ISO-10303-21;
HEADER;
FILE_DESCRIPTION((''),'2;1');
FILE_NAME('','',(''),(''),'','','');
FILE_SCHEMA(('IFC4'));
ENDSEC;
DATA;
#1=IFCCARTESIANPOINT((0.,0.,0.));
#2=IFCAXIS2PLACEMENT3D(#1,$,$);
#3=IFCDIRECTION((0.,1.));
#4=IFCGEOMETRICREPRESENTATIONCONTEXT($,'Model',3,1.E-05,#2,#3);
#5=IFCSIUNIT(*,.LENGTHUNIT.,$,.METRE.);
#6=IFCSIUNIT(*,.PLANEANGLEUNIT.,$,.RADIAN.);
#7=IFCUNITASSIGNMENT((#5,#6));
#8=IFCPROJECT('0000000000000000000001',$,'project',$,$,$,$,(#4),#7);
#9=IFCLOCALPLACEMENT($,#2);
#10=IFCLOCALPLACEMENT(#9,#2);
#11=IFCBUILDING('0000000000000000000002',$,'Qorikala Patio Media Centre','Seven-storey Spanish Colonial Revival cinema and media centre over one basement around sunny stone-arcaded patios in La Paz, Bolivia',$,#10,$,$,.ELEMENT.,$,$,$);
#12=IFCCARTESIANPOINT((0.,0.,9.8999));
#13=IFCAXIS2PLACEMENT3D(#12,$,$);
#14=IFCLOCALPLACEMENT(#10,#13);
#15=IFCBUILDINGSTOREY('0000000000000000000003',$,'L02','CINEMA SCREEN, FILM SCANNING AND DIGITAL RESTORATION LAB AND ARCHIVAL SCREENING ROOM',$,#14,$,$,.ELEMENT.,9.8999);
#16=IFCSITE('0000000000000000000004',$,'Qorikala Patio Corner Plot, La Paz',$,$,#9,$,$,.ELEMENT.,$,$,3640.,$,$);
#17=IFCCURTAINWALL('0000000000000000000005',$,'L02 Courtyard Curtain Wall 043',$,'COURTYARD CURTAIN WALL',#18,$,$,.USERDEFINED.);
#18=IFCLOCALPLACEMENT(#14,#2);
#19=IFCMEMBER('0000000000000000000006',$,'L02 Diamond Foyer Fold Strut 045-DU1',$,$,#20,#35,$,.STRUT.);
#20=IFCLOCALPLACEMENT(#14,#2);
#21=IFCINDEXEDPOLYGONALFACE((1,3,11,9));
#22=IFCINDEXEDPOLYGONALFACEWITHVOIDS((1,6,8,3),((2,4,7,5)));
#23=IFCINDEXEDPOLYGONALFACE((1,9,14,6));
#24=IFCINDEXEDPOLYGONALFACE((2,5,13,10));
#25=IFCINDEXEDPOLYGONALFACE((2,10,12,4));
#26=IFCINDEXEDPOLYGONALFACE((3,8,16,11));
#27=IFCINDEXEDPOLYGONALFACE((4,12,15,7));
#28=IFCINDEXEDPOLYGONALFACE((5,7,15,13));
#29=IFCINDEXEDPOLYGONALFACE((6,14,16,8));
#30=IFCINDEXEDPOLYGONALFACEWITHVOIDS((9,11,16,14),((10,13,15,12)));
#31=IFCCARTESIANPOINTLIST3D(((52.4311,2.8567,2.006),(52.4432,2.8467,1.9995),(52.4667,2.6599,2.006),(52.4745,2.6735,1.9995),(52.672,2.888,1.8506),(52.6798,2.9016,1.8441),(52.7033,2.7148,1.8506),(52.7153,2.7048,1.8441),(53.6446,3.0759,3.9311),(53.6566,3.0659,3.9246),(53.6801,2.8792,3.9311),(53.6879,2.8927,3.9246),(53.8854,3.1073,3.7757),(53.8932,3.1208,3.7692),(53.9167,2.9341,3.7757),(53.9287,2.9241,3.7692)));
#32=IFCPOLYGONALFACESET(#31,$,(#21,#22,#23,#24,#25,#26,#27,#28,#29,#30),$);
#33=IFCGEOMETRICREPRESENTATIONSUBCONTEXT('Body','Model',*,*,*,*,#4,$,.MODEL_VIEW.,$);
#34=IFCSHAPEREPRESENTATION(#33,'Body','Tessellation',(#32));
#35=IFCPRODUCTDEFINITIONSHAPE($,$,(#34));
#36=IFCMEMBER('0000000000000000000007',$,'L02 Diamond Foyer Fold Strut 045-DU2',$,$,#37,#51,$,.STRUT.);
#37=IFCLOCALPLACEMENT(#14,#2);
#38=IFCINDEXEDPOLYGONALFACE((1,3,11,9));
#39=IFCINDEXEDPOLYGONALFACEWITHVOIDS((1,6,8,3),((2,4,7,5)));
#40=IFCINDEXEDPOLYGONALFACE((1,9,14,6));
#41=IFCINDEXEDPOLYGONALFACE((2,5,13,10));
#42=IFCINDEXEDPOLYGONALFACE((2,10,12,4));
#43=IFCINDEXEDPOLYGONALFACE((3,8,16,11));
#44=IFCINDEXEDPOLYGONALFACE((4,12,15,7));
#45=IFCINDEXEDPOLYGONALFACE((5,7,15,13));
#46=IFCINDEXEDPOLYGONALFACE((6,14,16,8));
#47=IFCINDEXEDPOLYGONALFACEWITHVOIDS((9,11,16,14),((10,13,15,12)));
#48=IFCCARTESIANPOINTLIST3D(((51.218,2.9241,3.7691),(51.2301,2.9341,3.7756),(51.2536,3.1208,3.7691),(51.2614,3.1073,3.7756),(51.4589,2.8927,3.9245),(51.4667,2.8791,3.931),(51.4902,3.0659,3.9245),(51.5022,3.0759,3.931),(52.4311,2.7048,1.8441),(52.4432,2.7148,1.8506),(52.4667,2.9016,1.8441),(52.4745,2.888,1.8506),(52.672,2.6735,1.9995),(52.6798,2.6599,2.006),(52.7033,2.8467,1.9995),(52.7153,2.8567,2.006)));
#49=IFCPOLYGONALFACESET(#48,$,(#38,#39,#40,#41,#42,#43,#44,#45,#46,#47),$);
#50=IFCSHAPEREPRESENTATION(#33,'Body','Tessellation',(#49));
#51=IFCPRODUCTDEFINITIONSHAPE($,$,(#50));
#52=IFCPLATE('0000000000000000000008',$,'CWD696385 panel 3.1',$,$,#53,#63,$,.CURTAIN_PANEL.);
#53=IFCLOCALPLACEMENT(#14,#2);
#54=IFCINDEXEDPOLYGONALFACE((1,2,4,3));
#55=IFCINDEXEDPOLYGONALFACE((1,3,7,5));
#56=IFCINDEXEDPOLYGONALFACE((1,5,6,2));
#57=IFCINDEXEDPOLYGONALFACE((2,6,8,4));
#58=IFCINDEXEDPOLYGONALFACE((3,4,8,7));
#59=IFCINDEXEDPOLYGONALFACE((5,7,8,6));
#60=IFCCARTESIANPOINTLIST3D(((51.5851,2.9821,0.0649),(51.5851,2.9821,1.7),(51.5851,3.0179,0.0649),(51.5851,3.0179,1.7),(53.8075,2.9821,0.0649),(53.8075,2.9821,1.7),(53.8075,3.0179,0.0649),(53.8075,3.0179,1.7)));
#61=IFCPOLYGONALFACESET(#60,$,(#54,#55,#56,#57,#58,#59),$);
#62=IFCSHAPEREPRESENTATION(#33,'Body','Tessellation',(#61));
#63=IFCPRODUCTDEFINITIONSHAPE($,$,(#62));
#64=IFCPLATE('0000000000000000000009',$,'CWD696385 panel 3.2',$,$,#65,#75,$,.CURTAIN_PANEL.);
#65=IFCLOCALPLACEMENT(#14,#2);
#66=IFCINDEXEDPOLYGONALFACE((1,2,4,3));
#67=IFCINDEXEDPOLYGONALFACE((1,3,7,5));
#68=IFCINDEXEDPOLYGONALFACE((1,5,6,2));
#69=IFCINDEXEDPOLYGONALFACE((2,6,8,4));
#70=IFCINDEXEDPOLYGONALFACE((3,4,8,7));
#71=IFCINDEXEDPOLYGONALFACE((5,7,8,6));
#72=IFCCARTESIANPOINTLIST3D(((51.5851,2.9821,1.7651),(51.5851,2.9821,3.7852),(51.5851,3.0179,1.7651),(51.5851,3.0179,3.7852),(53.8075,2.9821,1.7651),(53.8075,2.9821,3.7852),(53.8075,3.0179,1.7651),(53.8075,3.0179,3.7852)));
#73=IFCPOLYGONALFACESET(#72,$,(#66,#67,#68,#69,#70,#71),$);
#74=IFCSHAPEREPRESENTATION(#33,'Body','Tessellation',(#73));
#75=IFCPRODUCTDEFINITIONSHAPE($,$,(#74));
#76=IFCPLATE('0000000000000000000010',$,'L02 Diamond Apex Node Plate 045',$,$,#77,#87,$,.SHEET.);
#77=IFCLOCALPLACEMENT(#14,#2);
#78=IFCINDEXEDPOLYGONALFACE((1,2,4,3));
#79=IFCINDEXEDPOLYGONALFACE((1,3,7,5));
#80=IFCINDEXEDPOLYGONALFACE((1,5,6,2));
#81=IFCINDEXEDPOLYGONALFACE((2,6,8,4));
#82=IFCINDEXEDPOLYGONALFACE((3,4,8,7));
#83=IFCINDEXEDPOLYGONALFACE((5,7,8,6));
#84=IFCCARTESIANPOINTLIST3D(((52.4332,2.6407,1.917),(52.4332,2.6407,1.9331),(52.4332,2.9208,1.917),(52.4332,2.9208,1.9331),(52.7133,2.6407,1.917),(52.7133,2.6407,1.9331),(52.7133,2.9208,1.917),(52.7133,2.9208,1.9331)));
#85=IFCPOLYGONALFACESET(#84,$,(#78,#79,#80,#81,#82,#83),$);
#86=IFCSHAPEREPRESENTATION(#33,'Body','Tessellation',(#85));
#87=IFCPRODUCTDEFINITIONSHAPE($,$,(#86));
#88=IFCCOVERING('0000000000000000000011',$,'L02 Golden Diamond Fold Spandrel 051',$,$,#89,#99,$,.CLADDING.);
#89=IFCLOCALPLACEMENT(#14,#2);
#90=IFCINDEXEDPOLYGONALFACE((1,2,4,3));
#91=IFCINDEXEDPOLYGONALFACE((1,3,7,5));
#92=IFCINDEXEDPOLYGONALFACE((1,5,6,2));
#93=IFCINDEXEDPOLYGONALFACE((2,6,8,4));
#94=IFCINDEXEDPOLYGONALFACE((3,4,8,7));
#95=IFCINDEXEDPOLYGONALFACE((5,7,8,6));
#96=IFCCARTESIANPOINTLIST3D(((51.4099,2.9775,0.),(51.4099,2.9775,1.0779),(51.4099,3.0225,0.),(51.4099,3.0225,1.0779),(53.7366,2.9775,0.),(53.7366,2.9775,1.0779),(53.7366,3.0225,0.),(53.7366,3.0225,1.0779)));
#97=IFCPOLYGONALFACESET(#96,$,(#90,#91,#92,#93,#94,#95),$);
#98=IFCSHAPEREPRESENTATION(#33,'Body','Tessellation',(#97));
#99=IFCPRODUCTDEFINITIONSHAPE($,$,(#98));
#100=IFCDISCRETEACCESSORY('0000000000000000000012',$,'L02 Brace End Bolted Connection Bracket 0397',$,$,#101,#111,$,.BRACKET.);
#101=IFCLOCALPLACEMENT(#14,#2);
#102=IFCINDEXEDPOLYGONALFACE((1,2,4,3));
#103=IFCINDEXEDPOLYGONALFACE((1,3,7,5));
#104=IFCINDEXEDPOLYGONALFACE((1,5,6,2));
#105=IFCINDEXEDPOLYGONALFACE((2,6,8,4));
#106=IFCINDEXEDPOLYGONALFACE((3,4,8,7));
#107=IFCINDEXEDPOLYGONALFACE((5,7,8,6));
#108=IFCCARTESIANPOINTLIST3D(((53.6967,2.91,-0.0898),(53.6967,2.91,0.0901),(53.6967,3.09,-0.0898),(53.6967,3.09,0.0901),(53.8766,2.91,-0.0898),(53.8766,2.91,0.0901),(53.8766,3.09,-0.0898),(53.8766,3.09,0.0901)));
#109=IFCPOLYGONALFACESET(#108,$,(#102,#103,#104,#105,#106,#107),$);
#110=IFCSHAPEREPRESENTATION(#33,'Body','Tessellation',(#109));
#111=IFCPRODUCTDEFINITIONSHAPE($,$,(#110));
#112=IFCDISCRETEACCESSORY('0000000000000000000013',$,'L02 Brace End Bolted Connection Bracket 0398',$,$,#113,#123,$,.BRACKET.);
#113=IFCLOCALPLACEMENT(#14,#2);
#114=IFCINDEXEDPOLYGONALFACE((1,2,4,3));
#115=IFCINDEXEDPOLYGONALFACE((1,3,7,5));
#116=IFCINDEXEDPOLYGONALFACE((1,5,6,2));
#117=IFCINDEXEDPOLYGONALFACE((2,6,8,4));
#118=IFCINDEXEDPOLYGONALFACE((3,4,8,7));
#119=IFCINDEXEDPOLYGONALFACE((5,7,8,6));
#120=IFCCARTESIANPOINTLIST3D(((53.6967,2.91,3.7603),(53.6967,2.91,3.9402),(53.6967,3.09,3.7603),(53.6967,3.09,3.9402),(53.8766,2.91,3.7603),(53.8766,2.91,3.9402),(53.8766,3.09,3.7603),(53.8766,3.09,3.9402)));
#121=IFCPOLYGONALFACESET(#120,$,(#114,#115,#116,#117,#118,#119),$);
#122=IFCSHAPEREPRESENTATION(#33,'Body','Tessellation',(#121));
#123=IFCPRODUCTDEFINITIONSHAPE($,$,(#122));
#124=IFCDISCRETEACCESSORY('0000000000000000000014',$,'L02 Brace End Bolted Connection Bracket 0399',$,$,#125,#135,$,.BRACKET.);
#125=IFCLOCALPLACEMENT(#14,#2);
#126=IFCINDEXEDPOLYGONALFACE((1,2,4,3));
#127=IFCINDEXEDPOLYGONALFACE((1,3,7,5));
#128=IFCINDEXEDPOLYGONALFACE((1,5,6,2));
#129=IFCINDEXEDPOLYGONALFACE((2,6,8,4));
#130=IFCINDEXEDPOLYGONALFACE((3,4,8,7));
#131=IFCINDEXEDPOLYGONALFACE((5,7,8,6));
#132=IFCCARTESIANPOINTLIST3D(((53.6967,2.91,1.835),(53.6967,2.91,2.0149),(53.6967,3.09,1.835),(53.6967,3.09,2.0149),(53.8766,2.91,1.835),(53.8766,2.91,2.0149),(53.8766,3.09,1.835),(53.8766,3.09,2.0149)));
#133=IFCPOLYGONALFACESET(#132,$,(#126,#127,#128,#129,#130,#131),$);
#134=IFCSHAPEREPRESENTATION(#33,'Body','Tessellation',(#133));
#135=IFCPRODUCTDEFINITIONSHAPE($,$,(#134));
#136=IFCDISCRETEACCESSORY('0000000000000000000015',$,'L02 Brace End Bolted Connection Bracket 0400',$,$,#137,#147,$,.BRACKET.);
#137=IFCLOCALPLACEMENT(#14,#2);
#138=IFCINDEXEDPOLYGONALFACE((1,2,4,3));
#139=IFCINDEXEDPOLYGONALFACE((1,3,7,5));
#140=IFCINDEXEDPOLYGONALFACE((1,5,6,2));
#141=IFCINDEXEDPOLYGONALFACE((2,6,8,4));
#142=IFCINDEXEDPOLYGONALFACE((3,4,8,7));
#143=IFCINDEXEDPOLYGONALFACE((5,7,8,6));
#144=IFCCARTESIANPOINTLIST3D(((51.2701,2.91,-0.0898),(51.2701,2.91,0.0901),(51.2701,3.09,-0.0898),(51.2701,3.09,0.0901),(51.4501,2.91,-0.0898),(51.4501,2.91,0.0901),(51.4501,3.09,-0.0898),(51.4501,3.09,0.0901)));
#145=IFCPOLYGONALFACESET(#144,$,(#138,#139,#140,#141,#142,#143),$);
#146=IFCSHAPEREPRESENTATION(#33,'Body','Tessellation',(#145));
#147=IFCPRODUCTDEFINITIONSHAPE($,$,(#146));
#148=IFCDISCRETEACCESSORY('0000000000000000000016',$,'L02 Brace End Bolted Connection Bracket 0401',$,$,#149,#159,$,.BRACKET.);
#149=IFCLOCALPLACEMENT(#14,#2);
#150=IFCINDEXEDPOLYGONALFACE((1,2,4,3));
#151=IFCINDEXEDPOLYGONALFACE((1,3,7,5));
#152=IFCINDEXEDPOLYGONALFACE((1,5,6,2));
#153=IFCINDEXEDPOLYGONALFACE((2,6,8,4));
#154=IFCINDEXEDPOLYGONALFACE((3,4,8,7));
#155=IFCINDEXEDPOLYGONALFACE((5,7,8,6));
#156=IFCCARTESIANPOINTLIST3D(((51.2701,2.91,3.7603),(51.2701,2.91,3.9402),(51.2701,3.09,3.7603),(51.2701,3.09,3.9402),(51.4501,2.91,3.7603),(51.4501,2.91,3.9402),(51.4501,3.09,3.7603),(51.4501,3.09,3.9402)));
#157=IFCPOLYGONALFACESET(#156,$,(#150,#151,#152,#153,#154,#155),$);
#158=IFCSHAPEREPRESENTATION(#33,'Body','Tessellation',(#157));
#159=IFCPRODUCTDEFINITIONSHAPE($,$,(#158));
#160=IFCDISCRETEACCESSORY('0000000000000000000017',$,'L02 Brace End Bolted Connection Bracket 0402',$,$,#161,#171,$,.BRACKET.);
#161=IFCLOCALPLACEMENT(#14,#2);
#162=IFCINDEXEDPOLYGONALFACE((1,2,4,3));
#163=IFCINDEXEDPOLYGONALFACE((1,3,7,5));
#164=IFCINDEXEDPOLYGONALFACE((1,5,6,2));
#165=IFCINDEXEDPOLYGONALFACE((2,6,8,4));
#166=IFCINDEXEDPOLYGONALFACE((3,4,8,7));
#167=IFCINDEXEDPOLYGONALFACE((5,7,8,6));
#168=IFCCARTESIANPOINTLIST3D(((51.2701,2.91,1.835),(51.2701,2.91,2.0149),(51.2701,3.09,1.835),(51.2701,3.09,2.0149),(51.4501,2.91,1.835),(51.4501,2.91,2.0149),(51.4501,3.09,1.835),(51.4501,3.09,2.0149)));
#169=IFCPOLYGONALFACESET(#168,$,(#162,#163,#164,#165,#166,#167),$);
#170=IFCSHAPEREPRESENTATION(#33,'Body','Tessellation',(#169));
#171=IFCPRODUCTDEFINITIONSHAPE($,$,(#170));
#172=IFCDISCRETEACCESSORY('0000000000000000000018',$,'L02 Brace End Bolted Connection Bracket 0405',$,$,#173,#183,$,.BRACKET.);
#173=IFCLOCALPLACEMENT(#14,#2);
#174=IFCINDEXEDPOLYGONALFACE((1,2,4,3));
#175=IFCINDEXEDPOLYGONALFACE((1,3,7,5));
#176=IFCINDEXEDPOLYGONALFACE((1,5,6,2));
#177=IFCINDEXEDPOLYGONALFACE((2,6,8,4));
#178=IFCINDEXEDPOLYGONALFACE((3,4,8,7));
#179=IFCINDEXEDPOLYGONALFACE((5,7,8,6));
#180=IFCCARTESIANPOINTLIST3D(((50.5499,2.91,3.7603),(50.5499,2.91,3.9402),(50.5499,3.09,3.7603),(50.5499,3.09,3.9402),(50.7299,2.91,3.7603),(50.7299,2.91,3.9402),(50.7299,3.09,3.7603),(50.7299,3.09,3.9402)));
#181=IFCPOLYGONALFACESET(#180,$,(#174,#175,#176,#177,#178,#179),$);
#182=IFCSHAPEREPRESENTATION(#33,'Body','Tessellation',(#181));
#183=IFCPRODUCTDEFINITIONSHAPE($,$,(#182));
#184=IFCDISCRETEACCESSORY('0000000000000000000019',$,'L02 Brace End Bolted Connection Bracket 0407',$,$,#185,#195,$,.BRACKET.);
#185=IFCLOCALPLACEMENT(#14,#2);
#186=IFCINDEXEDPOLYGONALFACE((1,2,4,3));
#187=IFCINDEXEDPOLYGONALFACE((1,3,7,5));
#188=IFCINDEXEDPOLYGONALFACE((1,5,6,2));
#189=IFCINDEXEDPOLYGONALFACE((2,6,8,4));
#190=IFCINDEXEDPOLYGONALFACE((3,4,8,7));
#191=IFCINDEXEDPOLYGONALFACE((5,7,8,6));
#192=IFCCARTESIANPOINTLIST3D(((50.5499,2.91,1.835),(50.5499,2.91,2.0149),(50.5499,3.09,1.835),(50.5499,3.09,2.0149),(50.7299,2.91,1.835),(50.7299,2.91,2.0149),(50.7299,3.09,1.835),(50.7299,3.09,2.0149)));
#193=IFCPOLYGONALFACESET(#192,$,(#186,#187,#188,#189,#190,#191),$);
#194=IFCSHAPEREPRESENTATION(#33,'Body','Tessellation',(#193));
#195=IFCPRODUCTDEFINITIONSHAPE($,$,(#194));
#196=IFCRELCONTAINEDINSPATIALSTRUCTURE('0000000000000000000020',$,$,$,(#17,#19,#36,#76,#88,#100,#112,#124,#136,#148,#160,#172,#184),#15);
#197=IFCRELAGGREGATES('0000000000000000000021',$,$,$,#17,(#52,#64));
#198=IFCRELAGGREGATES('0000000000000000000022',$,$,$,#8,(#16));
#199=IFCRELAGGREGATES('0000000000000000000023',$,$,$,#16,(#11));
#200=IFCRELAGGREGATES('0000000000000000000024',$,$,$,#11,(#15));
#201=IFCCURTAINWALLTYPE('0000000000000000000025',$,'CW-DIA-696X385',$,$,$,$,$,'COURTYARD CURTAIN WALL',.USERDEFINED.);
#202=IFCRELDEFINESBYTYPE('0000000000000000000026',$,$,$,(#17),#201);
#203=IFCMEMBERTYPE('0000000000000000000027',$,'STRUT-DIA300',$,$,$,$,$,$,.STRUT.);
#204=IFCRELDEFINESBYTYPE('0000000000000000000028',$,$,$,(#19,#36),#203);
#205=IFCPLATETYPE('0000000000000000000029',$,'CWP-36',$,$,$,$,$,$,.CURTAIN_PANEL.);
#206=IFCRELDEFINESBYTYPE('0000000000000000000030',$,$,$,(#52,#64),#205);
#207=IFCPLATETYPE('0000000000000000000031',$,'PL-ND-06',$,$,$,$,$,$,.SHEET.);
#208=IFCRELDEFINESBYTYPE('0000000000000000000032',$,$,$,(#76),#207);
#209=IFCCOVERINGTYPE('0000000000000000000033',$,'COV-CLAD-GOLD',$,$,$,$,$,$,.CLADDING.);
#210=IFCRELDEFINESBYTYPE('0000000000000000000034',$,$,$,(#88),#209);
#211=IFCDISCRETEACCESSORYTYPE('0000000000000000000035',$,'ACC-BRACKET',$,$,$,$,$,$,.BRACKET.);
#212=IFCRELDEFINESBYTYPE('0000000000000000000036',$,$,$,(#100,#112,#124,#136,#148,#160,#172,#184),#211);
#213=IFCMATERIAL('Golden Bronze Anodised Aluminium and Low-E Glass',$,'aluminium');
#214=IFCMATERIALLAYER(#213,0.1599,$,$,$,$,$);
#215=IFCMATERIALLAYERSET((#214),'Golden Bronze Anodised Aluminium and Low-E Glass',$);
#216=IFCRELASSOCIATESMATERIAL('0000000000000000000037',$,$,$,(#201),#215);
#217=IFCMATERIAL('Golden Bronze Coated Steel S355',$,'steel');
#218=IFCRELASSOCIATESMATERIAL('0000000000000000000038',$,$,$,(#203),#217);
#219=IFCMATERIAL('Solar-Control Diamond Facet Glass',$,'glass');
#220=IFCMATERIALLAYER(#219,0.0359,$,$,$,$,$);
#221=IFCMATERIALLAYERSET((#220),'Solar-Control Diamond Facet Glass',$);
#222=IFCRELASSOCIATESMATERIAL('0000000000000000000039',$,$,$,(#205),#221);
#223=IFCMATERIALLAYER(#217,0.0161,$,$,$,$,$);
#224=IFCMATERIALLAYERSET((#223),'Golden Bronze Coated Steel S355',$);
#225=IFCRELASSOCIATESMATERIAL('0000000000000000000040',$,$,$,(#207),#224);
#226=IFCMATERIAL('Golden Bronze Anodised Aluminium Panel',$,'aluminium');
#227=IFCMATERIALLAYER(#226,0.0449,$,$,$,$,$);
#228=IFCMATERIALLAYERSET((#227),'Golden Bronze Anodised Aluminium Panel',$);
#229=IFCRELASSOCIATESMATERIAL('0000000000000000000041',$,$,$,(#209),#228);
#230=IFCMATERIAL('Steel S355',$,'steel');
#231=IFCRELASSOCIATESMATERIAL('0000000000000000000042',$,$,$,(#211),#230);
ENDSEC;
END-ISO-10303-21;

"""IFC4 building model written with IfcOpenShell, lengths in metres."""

from ifc_helpers import new_model, si_unit, direction, frame, origin, origin_2d, place, context, subcontext, project, spatial, rectangle, hollow_rectangle, extrude, material, layer, layer_set, material_profile, profile_set, type_object, element, aggregate, save


model = new_model("IFC4")

# Units and contexts
model_context = context("Model", 3, precision=1e-05, world=origin(), true_north=direction((0.0, 1.0)))
body_context = subcontext(model_context, "Body", "Model", "MODEL_VIEW")
ifc_project = project(units=[si_unit("LENGTHUNIT", "METRE"), si_unit("PLANEANGLEUNIT", "RADIAN")], contexts=[model_context])

# Site, building, storey
site_placement = place(None, origin())
site = spatial("IfcSite", under=ifc_project, at=site_placement, Name="Qorikala Patio Corner Plot, La Paz", CompositionType="ELEMENT", RefElevation=3640.0)
building_placement = place(site_placement, origin())
building = spatial("IfcBuilding", under=site, at=building_placement, Name="Qorikala Patio Media Centre", Description="Seven-storey Spanish Colonial Revival cinema and media centre over one basement around sunny stone-arcaded patios in La Paz, Bolivia", CompositionType="ELEMENT")
storey_placement = place(building_placement, frame((0.0, 0.0, 9.8999)))
storey = spatial("IfcBuildingStorey", under=building, at=storey_placement, Name="L02", Description="CINEMA SCREEN, FILM SCANNING AND DIGITAL RESTORATION LAB AND ARCHIVAL SCREENING ROOM", CompositionType="ELEMENT", Elevation=9.8999)

# Shared definitions
ifc_material_1 = material(Name="Golden Bronze Coated Steel S355", Category="steel")

# Curtain wall
ifc_material_2 = material(Name="Golden Bronze Anodised Aluminium and Low-E Glass", Category="aluminium")
ifc_layer_1 = layer(ifc_material_2, 0.1599)
ifc_layer_set_1 = layer_set([ifc_layer_1], Name="Golden Bronze Anodised Aluminium and Low-E Glass")
curtain_wall_type = type_object("IfcCurtainWallType", Name="CW-DIA-696X385", ElementType="COURTYARD CURTAIN WALL", PredefinedType="USERDEFINED", material=ifc_layer_set_1)
curtain_wall_placement = place(storey_placement, origin())
curtain_wall = element("IfcCurtainWall", 1, at=curtain_wall_placement, inside=storey, type_object=curtain_wall_type, Name="L02 Courtyard Curtain Wall 043", ObjectType="COURTYARD CURTAIN WALL", PredefinedType="USERDEFINED")

# Members
ifc_material_profile_1 = material_profile(ifc_material_1, hollow_rectangle(XDim=0.2, YDim=0.3, WallThickness=0.012, at=origin_2d()), Name="HSS300X200X12")
ifc_profile_set_1 = profile_set([ifc_material_profile_1], Name="Golden Bronze Coated Steel S355")
member_type_1 = type_object("IfcMemberType", Name="STRUT-DIA300", PredefinedType="STRUT", material=ifc_profile_set_1)
member_1_placement = place(storey_placement, frame((52.5732, 2.7808, 1.925), z_axis=(0.530768, 0.095901, 0.842074), x_axis=(-0.177805, 0.984066, 0.0)))
element("IfcMember", 2, at=member_1_placement, inside=storey, type_object=member_type_1, Name="L02 Diamond Foyer Fold Strut 045-DU1", PredefinedType="STRUT", context=body_context, shape_type="SweptSolid", body=[
    extrude(hollow_rectangle(XDim=0.2, YDim=0.3, WallThickness=0.012, at=origin_2d()), origin(), (0.0, 0.0, 1.0), 2.2861),
])
member_2_placement = place(storey_placement, frame((52.5732, 2.7808, 1.925), z_axis=(-0.530691, 0.095907, 0.842121), x_axis=(-0.17784, -0.984059, 0.0)))
element("IfcMember", 3, at=member_2_placement, inside=storey, type_object=member_type_1, Name="L02 Diamond Foyer Fold Strut 045-DU2", PredefinedType="STRUT", context=body_context, shape_type="SweptSolid", body=[
    extrude(hollow_rectangle(XDim=0.2, YDim=0.3, WallThickness=0.012, at=origin_2d()), origin(), (0.0, 0.0, 1.0), 2.2859),
])

# Plates
ifc_material_3 = material(Name="Solar-Control Diamond Facet Glass", Category="glass")
ifc_layer_2 = layer(ifc_material_3, 0.0359)
ifc_layer_set_2 = layer_set([ifc_layer_2], Name="Solar-Control Diamond Facet Glass")
plate_type_1 = type_object("IfcPlateType", Name="CWP-36", PredefinedType="CURTAIN_PANEL", material=ifc_layer_set_2)
plate_1_placement = place(storey_placement, frame((52.6963, 3.0, 0.0649), z_axis=(0.0, 0.0, 1.0), x_axis=(-1.0, 0.0, 0.0)))
plate_1 = element("IfcPlate", 4, at=plate_1_placement, type_object=plate_type_1, Name="CWD696385 panel 3.1", PredefinedType="CURTAIN_PANEL", context=body_context, shape_type="SweptSolid", body=[
    extrude(rectangle(XDim=2.2224, YDim=0.0359, at=origin_2d()), origin(), (0.0, 0.0, 1.0), 1.635),
])
plate_2_placement = place(storey_placement, frame((52.6963, 3.0, 1.7651), z_axis=(0.0, 0.0, 1.0), x_axis=(-1.0, 0.0, 0.0)))
plate_2 = element("IfcPlate", 5, at=plate_2_placement, type_object=plate_type_1, Name="CWD696385 panel 3.2", PredefinedType="CURTAIN_PANEL", context=body_context, shape_type="SweptSolid", body=[
    extrude(rectangle(XDim=2.2224, YDim=0.0359, at=origin_2d()), origin(), (0.0, 0.0, 1.0), 2.02),
])
aggregate(curtain_wall, [plate_1, plate_2])
ifc_layer_3 = layer(ifc_material_1, 0.0161)
ifc_layer_set_3 = layer_set([ifc_layer_3], Name="Golden Bronze Coated Steel S355")
plate_type_2 = type_object("IfcPlateType", Name="PL-ND-06", PredefinedType="SHEET", material=ifc_layer_set_3)
plate_3_placement = place(storey_placement, frame((52.5732, 2.7808, 1.917), z_axis=(0.0, 0.0, 1.0), x_axis=(-1.0, 0.0, 0.0)))
element("IfcPlate", 6, at=plate_3_placement, inside=storey, type_object=plate_type_2, Name="L02 Diamond Apex Node Plate 045", PredefinedType="SHEET", context=body_context, shape_type="SweptSolid", body=[
    extrude(rectangle(XDim=0.28, YDim=0.28, at=origin_2d()), origin(), (0.0, 0.0, 1.0), 0.0161),
])

# Covering
ifc_material_4 = material(Name="Golden Bronze Anodised Aluminium Panel", Category="aluminium")
ifc_layer_4 = layer(ifc_material_4, 0.0449)
ifc_layer_set_4 = layer_set([ifc_layer_4], Name="Golden Bronze Anodised Aluminium Panel")
covering_type = type_object("IfcCoveringType", Name="COV-CLAD-GOLD", PredefinedType="CLADDING", material=ifc_layer_set_4)
covering_placement = place(storey_placement, frame((52.5732, 3.0, 0.0), z_axis=(0.0, 0.0, 1.0), x_axis=(-1.0, 0.0, 0.0)))
element("IfcCovering", 7, at=covering_placement, inside=storey, type_object=covering_type, Name="L02 Golden Diamond Fold Spandrel 051", PredefinedType="CLADDING", context=body_context, shape_type="SweptSolid", body=[
    extrude(rectangle(XDim=2.3267, YDim=0.0449, at=origin_2d()), origin(), (0.0, 0.0, 1.0), 1.0779),
])

# Discrete accessories
ifc_material_5 = material(Name="Steel S355", Category="steel")
discrete_accessory_type = type_object("IfcDiscreteAccessoryType", Name="ACC-BRACKET", PredefinedType="BRACKET", material=ifc_material_5)
for number, where, z_axis, x_axis, name in (
    (8, (53.7866, 3.0, -0.0898), (0.0, 0.0, 1.0), (1.0, 0.0, 0.0), "L02 Brace End Bolted Connection Bracket 0397"),
    (9, (53.7866, 3.0, 3.7603), (0.0, 0.0, 1.0), (1.0, 0.0, 0.0), "L02 Brace End Bolted Connection Bracket 0398"),
    (10, (53.7866, 3.0, 1.835), (0.0, 0.0, 1.0), (1.0, 0.0, 0.0), "L02 Brace End Bolted Connection Bracket 0399"),
    (11, (51.3601, 3.0, -0.0898), (0.0, 0.0, 1.0), (1.0, 0.0, 0.0), "L02 Brace End Bolted Connection Bracket 0400"),
    (12, (51.3601, 3.0, 3.7603), (0.0, 0.0, 1.0), (1.0, 0.0, 0.0), "L02 Brace End Bolted Connection Bracket 0401"),
    (13, (51.3601, 3.0, 1.835), (0.0, 0.0, 1.0), (1.0, 0.0, 0.0), "L02 Brace End Bolted Connection Bracket 0402"),
    (14, (50.6399, 3.0, 3.7603), (0.0, 0.0, 1.0), (1.0, 0.0, 0.0), "L02 Brace End Bolted Connection Bracket 0405"),
    (15, (50.6399, 3.0, 1.835), (0.0, 0.0, 1.0), (1.0, 0.0, 0.0), "L02 Brace End Bolted Connection Bracket 0407"),
):
    element("IfcDiscreteAccessory", number, at=place(storey_placement, frame(where, z_axis=z_axis, x_axis=x_axis)), inside=storey, type_object=discrete_accessory_type, Name=name, PredefinedType="BRACKET", context=body_context, shape_type="SweptSolid", body=[
        extrude(rectangle(XDim=0.1799, YDim=0.1799, at=origin_2d()), origin(), (0.0, 0.0, 1.0), 0.1799),
    ])

save(model, "model.ifc")
